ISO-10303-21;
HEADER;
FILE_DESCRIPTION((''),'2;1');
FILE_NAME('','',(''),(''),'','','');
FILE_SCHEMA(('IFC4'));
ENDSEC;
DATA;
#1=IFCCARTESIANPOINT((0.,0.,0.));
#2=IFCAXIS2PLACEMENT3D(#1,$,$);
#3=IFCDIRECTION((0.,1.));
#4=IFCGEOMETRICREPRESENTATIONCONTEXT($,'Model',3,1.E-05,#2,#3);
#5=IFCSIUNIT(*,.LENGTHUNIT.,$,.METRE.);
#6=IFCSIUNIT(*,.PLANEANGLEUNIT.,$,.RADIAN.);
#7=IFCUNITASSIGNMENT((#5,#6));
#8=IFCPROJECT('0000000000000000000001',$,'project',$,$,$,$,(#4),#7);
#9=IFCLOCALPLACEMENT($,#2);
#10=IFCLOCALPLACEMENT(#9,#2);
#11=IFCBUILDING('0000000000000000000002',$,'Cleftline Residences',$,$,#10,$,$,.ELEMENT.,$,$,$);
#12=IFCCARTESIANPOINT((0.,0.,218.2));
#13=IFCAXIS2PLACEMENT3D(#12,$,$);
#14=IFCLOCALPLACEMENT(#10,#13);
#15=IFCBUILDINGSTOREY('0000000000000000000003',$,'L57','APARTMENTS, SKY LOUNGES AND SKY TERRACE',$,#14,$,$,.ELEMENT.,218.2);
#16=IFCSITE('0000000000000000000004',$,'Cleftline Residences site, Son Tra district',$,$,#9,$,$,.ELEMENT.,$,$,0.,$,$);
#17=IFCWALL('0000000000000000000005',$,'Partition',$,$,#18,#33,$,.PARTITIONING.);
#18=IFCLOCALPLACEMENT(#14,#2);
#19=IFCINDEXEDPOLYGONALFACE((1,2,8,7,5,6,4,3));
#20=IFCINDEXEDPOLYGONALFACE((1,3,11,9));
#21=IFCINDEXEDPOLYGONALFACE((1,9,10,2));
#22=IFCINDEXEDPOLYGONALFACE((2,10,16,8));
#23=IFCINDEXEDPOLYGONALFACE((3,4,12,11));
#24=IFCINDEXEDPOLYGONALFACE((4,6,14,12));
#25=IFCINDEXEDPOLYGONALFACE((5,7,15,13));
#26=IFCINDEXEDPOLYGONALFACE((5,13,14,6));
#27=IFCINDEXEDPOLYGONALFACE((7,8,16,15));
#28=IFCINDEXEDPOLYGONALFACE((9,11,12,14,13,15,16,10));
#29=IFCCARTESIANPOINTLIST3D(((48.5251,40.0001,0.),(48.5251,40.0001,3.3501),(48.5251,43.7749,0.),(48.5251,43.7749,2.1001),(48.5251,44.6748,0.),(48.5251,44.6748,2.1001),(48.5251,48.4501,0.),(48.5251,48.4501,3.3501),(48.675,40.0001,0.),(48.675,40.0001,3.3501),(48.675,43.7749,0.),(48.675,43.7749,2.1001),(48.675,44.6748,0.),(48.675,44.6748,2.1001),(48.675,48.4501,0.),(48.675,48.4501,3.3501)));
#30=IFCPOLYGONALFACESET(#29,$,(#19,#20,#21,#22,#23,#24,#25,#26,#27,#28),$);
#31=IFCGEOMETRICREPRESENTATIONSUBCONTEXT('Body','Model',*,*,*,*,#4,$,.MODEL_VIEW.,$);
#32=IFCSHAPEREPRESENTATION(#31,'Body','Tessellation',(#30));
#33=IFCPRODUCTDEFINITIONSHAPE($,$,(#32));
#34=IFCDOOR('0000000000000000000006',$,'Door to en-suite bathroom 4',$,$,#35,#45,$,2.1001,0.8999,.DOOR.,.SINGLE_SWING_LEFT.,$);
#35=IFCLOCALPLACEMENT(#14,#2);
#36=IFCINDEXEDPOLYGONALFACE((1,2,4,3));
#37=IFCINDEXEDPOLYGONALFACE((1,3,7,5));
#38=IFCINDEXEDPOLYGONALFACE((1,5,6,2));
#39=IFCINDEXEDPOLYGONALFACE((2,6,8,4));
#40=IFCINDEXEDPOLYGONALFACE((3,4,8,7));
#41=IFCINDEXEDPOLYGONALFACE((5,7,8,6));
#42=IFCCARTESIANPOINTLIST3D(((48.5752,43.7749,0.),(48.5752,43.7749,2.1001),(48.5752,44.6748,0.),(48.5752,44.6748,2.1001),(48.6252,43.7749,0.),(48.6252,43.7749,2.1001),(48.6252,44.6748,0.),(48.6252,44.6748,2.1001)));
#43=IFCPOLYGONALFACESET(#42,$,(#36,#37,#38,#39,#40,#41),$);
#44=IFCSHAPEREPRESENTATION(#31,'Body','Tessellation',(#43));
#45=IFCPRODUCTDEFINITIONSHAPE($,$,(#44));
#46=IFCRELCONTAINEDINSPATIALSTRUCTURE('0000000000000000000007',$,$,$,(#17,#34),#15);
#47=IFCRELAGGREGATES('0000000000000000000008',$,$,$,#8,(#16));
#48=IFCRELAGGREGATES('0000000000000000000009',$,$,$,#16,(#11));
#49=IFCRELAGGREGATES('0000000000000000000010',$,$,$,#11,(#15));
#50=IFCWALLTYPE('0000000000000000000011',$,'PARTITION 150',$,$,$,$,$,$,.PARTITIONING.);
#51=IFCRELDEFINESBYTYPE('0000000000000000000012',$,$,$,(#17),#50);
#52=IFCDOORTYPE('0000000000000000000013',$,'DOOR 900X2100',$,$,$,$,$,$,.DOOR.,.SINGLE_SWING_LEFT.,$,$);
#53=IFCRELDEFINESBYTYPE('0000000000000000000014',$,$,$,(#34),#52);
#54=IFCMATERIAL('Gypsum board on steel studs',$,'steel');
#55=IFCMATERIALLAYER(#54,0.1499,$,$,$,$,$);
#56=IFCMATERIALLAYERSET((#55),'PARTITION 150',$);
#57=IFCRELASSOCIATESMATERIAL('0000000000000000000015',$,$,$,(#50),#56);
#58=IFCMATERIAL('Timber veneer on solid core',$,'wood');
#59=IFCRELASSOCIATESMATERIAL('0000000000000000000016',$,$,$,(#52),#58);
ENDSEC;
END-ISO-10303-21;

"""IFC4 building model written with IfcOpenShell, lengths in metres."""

from ifc_helpers import new_model, si_unit, direction, frame, frame_2d, origin, place, context, subcontext, project, spatial, rectangle, extrude, material, layer, layer_set, type_object, element, fill, save


model = new_model("IFC4")

# Units and contexts
model_context = context("Model", 3, precision=1e-05, world=origin(), true_north=direction((0.0, 1.0)))
body_context = subcontext(model_context, "Body", "Model", "MODEL_VIEW")
ifc_project = project(units=[si_unit("LENGTHUNIT", "METRE"), si_unit("PLANEANGLEUNIT", "RADIAN")], contexts=[model_context])

# Site, building, storey
site_placement = place(None, origin())
site = spatial("IfcSite", under=ifc_project, at=site_placement, Name="Cleftline Residences site, Son Tra district", CompositionType="ELEMENT", RefElevation=0.0)
building_placement = place(site_placement, origin())
building = spatial("IfcBuilding", under=site, at=building_placement, Name="Cleftline Residences", CompositionType="ELEMENT")
storey_placement = place(building_placement, frame((0.0, 0.0, 218.2)))
storey = spatial("IfcBuildingStorey", under=building, at=storey_placement, Name="L57", Description="APARTMENTS, SKY LOUNGES AND SKY TERRACE", CompositionType="ELEMENT", Elevation=218.2)

# Shared definitions
ifc_material_1 = material(Name="Gypsum board on steel studs", Category="steel")
ifc_layer_1 = layer(ifc_material_1, 0.1499)
ifc_layer_set_1 = layer_set([ifc_layer_1], Name="PARTITION 150")
wall_type = type_object("IfcWallType", Name="PARTITION 150", PredefinedType="PARTITIONING", material=ifc_layer_set_1)
ifc_material_2 = material(Name="Timber veneer on solid core", Category="wood")
door_type_1 = type_object("IfcDoorType", Name="DOOR 900X2100", OperationType="SINGLE_SWING_LEFT", PredefinedType="DOOR", material=ifc_material_2)

# Wall, opening, door
wall_1_placement = place(storey_placement, frame((48.6001, 40.0, 0.0), z_axis=(0.0, 0.0, 1.0), x_axis=(0.0, 1.0, 0.0)))
wall_1 = element("IfcWall", 1, at=wall_1_placement, inside=storey, type_object=wall_type, Name="Partition", PredefinedType="PARTITIONING", context=body_context, shape_type="SweptSolid", body=[
    extrude(rectangle(XDim=8.45, YDim=0.1499, at=frame_2d((4.2251, 0.0))), origin(), (0.0, 0.0, 1.0), 3.3501),
])
opening_1_placement = place(wall_1_placement, frame((3.7749, 0.0, 0.0)))
opening_1 = element("IfcOpeningElement", 2, at=opening_1_placement, cuts=wall_1, PredefinedType="OPENING", context=body_context, shape_type="SweptSolid", body=[
    extrude(rectangle(XDim=0.8999, YDim=2.1001, at=frame_2d((0.45, 1.05))), frame((0.0, 0.085, 0.0), z_axis=(0.0, -1.0, 0.0), x_axis=(1.0, 0.0, 0.0)), (0.0, 0.0, 1.0), 0.1699),
])
door_1_placement = place(opening_1_placement, origin())
door_1 = element("IfcDoor", 3, at=door_1_placement, inside=storey, type_object=door_type_1, Name="Door to en-suite bathroom 4", OperationType="SINGLE_SWING_LEFT", OverallHeight=2.1001, OverallWidth=0.8999, PredefinedType="DOOR", context=body_context, shape_type="SweptSolid", body=[
    extrude(rectangle(XDim=0.8999, YDim=2.1001, at=frame_2d((0.45, 1.05))), frame((0.0, 0.0249, 0.0), z_axis=(0.0, -1.0, 0.0), x_axis=(1.0, 0.0, 0.0)), (0.0, 0.0, 1.0), 0.05),
])
fill(opening_1, door_1)

save(model, "model.ifc")
